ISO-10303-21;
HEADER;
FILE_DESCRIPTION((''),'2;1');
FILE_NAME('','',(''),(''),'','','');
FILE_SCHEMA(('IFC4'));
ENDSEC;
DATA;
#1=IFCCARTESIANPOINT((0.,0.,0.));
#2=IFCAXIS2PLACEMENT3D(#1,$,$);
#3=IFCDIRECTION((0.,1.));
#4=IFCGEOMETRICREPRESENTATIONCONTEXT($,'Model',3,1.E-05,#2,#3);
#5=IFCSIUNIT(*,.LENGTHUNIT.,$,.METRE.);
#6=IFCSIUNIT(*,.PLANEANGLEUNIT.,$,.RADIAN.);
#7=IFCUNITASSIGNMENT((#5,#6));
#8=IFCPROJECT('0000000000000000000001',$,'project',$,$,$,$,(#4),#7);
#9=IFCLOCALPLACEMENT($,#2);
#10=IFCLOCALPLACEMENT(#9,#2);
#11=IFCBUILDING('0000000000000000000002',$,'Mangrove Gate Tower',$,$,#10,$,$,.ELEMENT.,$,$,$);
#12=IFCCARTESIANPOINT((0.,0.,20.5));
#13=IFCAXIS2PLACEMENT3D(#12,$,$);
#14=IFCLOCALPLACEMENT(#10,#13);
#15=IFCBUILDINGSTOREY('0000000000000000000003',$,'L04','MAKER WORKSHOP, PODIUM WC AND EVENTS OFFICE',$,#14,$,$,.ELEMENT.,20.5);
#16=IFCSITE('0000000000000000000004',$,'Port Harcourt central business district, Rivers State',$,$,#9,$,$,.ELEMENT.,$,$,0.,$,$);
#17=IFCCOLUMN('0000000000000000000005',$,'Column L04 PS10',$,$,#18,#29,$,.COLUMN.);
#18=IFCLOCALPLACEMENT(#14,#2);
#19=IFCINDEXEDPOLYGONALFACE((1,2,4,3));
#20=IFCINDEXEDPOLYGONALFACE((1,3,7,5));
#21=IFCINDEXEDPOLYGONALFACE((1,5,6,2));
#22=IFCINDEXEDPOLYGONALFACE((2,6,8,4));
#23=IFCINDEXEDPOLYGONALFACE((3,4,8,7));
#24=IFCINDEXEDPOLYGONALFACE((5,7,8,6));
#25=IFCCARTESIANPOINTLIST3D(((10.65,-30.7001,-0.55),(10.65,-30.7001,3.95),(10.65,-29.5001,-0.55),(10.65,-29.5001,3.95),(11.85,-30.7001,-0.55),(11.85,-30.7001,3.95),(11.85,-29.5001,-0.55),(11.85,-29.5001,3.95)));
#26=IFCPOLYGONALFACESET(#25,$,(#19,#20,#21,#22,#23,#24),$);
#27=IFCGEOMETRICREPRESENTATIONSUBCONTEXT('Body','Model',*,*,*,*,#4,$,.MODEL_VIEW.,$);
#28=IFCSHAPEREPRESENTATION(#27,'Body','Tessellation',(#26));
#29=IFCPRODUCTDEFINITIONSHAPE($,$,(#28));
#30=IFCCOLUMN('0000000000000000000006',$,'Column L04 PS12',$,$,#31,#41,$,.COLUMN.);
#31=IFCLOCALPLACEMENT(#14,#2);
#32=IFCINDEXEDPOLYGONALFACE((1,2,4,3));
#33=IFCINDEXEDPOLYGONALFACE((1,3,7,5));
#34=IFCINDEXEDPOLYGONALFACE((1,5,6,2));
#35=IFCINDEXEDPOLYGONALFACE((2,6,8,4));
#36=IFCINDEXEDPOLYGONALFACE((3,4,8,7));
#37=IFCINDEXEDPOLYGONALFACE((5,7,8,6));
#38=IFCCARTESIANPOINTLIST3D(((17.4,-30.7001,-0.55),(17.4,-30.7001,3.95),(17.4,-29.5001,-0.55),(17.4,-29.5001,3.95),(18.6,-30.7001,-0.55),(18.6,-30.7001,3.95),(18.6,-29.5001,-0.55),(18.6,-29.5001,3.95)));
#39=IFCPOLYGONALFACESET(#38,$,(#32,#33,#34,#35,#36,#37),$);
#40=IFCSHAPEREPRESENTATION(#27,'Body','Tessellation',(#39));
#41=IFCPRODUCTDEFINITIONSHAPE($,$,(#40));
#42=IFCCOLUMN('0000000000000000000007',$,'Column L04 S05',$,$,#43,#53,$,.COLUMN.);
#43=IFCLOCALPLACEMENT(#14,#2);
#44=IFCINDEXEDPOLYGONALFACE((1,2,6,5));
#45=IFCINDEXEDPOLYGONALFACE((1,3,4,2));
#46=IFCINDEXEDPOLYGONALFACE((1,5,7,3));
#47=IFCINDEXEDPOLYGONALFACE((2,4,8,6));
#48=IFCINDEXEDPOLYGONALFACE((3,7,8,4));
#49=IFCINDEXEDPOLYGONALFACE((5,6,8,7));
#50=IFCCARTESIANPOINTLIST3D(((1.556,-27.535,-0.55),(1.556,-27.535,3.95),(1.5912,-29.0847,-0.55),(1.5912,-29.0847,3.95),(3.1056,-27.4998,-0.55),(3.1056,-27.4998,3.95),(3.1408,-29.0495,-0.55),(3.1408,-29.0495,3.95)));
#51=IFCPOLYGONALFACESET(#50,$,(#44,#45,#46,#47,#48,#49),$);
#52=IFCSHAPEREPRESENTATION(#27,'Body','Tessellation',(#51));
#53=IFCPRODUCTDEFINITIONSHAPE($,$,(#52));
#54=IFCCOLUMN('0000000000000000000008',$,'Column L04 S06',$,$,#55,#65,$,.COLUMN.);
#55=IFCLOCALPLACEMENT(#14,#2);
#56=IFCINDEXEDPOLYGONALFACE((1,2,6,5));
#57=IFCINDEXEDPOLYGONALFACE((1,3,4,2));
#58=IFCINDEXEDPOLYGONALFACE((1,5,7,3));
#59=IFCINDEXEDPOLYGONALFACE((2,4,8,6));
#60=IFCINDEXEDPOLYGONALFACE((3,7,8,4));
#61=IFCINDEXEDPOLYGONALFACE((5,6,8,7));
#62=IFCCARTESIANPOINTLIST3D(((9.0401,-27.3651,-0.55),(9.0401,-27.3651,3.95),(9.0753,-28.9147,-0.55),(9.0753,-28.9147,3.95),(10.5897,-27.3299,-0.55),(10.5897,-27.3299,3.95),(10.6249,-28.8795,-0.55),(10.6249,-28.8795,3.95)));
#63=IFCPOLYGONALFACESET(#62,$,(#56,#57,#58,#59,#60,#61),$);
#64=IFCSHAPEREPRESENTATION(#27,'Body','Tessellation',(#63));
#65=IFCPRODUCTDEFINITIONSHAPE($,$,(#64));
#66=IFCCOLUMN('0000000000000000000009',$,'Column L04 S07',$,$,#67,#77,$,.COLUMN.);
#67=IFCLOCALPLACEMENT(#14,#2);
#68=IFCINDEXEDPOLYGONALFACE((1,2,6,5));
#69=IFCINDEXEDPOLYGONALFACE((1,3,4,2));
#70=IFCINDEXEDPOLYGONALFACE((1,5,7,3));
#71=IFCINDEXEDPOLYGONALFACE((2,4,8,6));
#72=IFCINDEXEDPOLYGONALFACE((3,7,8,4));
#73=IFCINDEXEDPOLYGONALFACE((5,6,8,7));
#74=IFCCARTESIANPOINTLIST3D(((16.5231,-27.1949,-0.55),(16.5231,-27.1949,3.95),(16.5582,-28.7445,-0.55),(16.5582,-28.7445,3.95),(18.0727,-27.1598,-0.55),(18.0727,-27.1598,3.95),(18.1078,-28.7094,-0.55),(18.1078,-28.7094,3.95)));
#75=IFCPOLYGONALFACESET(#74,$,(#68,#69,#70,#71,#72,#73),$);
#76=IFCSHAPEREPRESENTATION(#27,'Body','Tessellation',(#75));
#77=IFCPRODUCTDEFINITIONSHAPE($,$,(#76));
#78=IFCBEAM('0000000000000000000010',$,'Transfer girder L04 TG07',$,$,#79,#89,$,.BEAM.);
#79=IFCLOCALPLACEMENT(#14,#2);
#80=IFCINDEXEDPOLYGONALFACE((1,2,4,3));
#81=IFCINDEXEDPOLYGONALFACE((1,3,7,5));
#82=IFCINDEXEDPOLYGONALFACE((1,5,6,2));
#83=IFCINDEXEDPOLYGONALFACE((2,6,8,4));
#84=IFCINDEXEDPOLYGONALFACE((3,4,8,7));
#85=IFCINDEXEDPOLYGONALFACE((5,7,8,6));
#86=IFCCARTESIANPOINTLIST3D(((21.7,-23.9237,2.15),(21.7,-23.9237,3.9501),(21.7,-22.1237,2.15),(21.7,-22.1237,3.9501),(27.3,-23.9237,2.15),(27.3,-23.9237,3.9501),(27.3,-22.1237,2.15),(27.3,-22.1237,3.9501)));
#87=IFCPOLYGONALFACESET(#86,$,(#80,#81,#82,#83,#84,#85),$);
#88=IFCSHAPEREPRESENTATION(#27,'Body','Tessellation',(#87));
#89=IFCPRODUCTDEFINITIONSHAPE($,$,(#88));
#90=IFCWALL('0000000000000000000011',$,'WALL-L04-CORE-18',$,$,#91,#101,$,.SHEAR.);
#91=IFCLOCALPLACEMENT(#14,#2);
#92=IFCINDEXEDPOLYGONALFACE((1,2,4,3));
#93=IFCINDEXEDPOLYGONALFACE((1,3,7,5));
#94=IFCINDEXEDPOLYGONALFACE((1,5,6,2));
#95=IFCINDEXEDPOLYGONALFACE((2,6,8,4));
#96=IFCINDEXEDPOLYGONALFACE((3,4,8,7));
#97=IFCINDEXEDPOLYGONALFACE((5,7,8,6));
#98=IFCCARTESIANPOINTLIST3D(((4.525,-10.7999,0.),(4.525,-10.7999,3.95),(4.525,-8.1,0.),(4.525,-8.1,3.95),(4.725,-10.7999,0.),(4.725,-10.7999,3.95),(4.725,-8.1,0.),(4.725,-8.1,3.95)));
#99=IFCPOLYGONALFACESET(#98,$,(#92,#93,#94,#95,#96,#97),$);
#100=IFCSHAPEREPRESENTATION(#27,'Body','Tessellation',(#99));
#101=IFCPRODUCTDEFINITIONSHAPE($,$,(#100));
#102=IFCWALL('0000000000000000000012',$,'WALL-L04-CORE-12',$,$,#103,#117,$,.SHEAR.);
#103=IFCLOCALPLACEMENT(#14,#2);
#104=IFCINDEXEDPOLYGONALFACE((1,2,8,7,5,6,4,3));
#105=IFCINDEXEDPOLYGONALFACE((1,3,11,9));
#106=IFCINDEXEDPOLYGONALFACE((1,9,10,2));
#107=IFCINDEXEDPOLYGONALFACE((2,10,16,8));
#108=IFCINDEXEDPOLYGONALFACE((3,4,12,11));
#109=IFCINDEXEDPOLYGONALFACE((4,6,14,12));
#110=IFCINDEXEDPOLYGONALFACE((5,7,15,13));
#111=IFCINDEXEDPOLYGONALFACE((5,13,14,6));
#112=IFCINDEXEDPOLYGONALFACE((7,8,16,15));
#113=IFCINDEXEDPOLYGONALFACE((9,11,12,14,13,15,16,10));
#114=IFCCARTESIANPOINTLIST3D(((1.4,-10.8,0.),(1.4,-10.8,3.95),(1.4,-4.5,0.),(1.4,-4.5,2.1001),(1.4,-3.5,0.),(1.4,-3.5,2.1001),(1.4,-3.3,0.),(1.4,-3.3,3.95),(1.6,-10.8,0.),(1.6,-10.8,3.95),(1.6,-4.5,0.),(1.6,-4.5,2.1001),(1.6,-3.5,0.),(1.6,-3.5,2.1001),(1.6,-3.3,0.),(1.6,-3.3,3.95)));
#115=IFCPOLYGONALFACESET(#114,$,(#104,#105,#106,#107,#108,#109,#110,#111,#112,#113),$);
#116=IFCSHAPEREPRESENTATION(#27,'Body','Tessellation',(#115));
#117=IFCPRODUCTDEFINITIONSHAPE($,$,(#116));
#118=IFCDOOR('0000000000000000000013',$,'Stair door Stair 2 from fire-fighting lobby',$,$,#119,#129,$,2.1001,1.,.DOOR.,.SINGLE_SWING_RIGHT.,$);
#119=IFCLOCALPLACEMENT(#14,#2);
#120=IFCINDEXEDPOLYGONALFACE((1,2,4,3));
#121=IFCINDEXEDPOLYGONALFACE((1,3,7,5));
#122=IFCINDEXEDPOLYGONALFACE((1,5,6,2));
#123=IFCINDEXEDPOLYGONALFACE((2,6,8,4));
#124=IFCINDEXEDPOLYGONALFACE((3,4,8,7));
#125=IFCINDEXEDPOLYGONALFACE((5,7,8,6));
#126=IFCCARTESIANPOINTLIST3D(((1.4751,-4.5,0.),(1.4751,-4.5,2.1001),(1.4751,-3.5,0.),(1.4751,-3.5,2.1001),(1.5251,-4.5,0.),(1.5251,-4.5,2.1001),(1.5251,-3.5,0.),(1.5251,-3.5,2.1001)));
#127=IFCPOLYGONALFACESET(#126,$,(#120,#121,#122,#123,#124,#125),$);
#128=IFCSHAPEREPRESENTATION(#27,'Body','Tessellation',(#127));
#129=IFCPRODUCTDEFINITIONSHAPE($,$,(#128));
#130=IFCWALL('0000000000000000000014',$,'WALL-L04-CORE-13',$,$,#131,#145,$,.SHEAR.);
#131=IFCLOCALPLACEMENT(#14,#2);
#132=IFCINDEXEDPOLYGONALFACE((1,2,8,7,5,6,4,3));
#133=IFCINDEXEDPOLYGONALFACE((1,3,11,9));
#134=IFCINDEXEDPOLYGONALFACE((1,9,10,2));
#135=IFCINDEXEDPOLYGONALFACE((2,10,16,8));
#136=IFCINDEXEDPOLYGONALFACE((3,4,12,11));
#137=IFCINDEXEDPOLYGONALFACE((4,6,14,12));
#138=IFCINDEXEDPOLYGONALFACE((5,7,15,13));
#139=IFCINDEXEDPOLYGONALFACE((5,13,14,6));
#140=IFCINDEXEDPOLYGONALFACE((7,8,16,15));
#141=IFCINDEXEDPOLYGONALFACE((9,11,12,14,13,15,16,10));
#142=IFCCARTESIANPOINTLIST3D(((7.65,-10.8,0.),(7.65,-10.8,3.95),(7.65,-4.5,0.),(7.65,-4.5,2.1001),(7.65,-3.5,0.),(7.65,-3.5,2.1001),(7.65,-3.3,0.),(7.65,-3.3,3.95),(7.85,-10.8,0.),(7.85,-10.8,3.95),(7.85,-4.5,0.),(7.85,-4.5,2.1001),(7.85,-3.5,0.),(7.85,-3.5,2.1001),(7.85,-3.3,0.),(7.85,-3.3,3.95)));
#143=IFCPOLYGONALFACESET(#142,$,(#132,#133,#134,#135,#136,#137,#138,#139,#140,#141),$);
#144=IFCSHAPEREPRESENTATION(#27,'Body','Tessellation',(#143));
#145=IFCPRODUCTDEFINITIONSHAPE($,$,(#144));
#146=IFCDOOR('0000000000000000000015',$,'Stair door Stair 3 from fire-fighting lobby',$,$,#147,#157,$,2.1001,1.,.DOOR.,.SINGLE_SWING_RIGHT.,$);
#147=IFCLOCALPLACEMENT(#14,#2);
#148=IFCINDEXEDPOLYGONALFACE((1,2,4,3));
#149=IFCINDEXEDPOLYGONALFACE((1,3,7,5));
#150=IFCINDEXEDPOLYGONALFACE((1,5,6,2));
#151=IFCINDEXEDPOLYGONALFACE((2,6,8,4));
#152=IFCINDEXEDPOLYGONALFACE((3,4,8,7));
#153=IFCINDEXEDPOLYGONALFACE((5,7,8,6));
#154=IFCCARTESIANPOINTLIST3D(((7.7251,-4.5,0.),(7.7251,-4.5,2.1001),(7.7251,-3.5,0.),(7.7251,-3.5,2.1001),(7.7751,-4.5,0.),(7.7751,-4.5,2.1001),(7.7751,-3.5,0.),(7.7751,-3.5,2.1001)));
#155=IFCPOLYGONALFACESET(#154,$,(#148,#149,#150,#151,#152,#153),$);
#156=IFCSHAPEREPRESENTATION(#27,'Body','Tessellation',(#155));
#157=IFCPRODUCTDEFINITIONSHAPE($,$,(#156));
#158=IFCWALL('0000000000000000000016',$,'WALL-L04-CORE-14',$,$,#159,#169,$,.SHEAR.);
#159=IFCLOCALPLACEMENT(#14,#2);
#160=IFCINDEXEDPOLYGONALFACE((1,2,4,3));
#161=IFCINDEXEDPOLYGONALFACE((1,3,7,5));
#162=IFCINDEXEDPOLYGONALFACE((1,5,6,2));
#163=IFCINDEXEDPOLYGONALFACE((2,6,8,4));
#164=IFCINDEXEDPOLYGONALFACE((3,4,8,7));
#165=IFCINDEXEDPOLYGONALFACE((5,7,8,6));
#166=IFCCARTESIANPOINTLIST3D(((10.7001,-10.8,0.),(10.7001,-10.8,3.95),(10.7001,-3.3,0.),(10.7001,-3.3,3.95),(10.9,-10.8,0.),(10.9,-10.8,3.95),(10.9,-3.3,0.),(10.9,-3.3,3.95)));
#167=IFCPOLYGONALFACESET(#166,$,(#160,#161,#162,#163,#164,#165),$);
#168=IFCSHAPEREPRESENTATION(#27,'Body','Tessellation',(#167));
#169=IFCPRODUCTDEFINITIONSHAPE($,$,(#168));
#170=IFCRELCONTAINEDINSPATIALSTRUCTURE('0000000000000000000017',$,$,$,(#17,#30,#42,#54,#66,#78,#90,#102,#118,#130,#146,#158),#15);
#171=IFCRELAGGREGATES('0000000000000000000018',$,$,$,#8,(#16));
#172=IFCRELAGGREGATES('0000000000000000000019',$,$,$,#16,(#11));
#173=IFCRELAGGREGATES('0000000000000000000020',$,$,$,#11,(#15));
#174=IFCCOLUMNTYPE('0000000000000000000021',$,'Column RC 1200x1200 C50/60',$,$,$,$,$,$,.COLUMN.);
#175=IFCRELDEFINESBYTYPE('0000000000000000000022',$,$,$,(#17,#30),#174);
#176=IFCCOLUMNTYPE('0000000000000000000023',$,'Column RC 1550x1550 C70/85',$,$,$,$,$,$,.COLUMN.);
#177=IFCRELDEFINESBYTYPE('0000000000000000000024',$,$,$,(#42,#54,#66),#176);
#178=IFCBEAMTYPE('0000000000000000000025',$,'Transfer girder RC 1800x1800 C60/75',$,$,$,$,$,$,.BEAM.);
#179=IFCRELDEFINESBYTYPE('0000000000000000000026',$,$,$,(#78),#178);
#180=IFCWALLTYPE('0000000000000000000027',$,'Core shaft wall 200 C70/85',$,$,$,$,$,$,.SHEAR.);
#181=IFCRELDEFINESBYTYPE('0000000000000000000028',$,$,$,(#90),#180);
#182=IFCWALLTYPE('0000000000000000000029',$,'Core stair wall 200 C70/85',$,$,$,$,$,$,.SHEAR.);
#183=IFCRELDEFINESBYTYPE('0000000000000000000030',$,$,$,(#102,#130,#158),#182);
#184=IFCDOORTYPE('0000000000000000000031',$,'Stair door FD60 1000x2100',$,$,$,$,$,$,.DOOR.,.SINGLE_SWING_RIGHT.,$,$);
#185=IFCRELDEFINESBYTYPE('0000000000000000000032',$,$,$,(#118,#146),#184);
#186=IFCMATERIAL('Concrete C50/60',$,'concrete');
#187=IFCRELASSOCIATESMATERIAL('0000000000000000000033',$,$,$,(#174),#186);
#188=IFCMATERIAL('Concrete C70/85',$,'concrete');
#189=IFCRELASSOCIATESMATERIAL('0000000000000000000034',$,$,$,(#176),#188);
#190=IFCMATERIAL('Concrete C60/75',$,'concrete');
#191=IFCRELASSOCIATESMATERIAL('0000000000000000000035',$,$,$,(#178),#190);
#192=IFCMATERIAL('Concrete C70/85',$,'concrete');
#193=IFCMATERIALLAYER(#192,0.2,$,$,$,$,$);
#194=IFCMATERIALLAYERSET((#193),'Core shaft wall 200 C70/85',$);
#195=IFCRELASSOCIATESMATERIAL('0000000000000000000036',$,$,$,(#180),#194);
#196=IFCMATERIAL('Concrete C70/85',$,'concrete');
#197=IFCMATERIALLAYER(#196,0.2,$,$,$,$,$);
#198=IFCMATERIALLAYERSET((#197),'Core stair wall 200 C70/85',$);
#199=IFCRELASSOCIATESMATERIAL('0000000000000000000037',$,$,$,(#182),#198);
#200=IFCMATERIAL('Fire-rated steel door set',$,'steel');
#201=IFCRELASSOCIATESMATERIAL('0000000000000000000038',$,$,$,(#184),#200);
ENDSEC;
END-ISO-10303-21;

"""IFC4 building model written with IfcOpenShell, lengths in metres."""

from ifc_helpers import new_model, si_unit, direction, frame, frame_2d, origin, origin_2d, place, context, subcontext, project, spatial, rectangle, extrude, material, layer, layer_set, material_profile, profile_set, type_object, element, fill, save


model = new_model("IFC4")

# Units and contexts
model_context = context("Model", 3, precision=1e-05, world=origin(), true_north=direction((0.0, 1.0)))
body_context = subcontext(model_context, "Body", "Model", "MODEL_VIEW")
ifc_project = project(units=[si_unit("LENGTHUNIT", "METRE"), si_unit("PLANEANGLEUNIT", "RADIAN")], contexts=[model_context])

# Site, building, storey
site_placement = place(None, origin())
site = spatial("IfcSite", under=ifc_project, at=site_placement, Name="Port Harcourt central business district, Rivers State", CompositionType="ELEMENT", RefElevation=0.0)
building_placement = place(site_placement, origin())
building = spatial("IfcBuilding", under=site, at=building_placement, Name="Mangrove Gate Tower", CompositionType="ELEMENT")
storey_placement = place(building_placement, frame((0.0, 0.0, 20.5)))
storey = spatial("IfcBuildingStorey", under=building, at=storey_placement, Name="L04", Description="MAKER WORKSHOP, PODIUM WC AND EVENTS OFFICE", CompositionType="ELEMENT", Elevation=20.5)

# Columns
ifc_material_1 = material(Name="Concrete C50/60", Category="concrete")
ifc_material_profile_1 = material_profile(ifc_material_1, rectangle(XDim=1.2, YDim=1.2, at=origin_2d()))
ifc_profile_set_1 = profile_set([ifc_material_profile_1], Name="Concrete C50/60")
column_type_1 = type_object("IfcColumnType", Name="Column RC 1200x1200 C50/60", PredefinedType="COLUMN", material=ifc_profile_set_1)
for number, where, z_axis, x_axis, name in (
    (1, (11.25, -30.1001, -0.55), (0.0, 0.0, 1.0), (1.0, 0.0, 0.0), "Column L04 PS10"),
    (2, (18.0, -30.1001, -0.55), (0.0, 0.0, 1.0), (1.0, 0.0, 0.0), "Column L04 PS12"),
):
    element("IfcColumn", number, at=place(storey_placement, frame(where, z_axis=z_axis, x_axis=x_axis)), inside=storey, type_object=column_type_1, Name=name, PredefinedType="COLUMN", context=body_context, shape_type="SweptSolid", body=[
        extrude(rectangle(XDim=1.2, YDim=1.2, at=origin_2d()), origin(), (0.0, 0.0, 1.0), 4.5),
    ])
ifc_material_2 = material(Name="Concrete C70/85", Category="concrete")
ifc_material_profile_2 = material_profile(ifc_material_2, rectangle(XDim=1.55, YDim=1.55, at=origin_2d()))
ifc_profile_set_2 = profile_set([ifc_material_profile_2], Name="Concrete C70/85")
column_type_2 = type_object("IfcColumnType", Name="Column RC 1550x1550 C70/85", PredefinedType="COLUMN", material=ifc_profile_set_2)
for number, where, z_axis, x_axis, name in (
    (3, (2.3484, -28.2922, -0.55), (0.0, 0.0, 1.0), (0.999742, 0.022709, 0.0), "Column L04 S05"),
    (4, (9.8325, -28.1223, -0.55), (0.0, 0.0, 1.0), (0.999742, 0.022711, 0.0), "Column L04 S06"),
    (5, (17.3154, -27.9521, -0.55), (0.0, 0.0, 1.0), (0.999744, 0.022644, 0.0), "Column L04 S07"),
):
    element("IfcColumn", number, at=place(storey_placement, frame(where, z_axis=z_axis, x_axis=x_axis)), inside=storey, type_object=column_type_2, Name=name, PredefinedType="COLUMN", context=body_context, shape_type="SweptSolid", body=[
        extrude(rectangle(XDim=1.55, YDim=1.55, at=origin_2d()), origin(), (0.0, 0.0, 1.0), 4.5),
    ])

# Beam
ifc_material_3 = material(Name="Concrete C60/75", Category="concrete")
ifc_material_profile_3 = material_profile(ifc_material_3, rectangle(XDim=1.8, YDim=1.8, at=origin_2d()))
ifc_profile_set_3 = profile_set([ifc_material_profile_3], Name="Concrete C60/75")
beam_type = type_object("IfcBeamType", Name="Transfer girder RC 1800x1800 C60/75", PredefinedType="BEAM", material=ifc_profile_set_3)
beam_placement = place(storey_placement, frame((21.7, -23.0237, 3.05), z_axis=(1.0, 0.0, 0.0), x_axis=(0.0, 1.0, 0.0)))
element("IfcBeam", 6, at=beam_placement, inside=storey, type_object=beam_type, Name="Transfer girder L04 TG07", PredefinedType="BEAM", context=body_context, shape_type="SweptSolid", body=[
    extrude(rectangle(XDim=1.8, YDim=1.8, at=origin_2d()), origin(), (0.0, 0.0, 1.0), 5.6001),
])

# Wall
ifc_material_4 = material(Name="Concrete C70/85", Category="concrete")
ifc_layer_1 = layer(ifc_material_4, 0.2)
ifc_layer_set_1 = layer_set([ifc_layer_1], Name="Core shaft wall 200 C70/85")
wall_type_1 = type_object("IfcWallType", Name="Core shaft wall 200 C70/85", PredefinedType="SHEAR", material=ifc_layer_set_1)
wall_1_placement = place(storey_placement, frame((4.625, -10.8, 0.0), z_axis=(0.0, 0.0, 1.0), x_axis=(0.0, 1.0, 0.0)))
element("IfcWall", 7, at=wall_1_placement, inside=storey, type_object=wall_type_1, Name="WALL-L04-CORE-18", PredefinedType="SHEAR", context=body_context, shape_type="SweptSolid", body=[
    extrude(rectangle(XDim=2.7, YDim=0.2, at=frame_2d((1.3501, 0.0))), origin(), (0.0, 0.0, 1.0), 3.95),
])

# Walls, openings, doors
ifc_material_5 = material(Name="Concrete C70/85", Category="concrete")
ifc_layer_2 = layer(ifc_material_5, 0.2)
ifc_layer_set_2 = layer_set([ifc_layer_2], Name="Core stair wall 200 C70/85")
wall_type_2 = type_object("IfcWallType", Name="Core stair wall 200 C70/85", PredefinedType="SHEAR", material=ifc_layer_set_2)
wall_2_placement = place(storey_placement, frame((1.5, -10.8, 0.0), z_axis=(0.0, 0.0, 1.0), x_axis=(0.0, 1.0, 0.0)))
wall_2 = element("IfcWall", 8, at=wall_2_placement, inside=storey, type_object=wall_type_2, Name="WALL-L04-CORE-12", PredefinedType="SHEAR", context=body_context, shape_type="SweptSolid", body=[
    extrude(rectangle(XDim=7.5, YDim=0.2, at=frame_2d((3.75, 0.0))), origin(), (0.0, 0.0, 1.0), 3.95),
])
opening_1_placement = place(wall_2_placement, frame((6.3, 0.0, 0.0)))
opening_1 = element("IfcOpeningElement", 9, at=opening_1_placement, cuts=wall_2, PredefinedType="OPENING", context=body_context, shape_type="SweptSolid", body=[
    extrude(rectangle(XDim=1.0, YDim=2.1001, at=frame_2d((0.5, 1.05))), frame((0.0, 0.1099, 0.0), z_axis=(0.0, -1.0, 0.0), x_axis=(1.0, 0.0, 0.0)), (0.0, 0.0, 1.0), 0.22),
])
ifc_material_6 = material(Name="Fire-rated steel door set", Category="steel")
door_type_1 = type_object("IfcDoorType", Name="Stair door FD60 1000x2100", OperationType="SINGLE_SWING_RIGHT", PredefinedType="DOOR", material=ifc_material_6)
door_1_placement = place(opening_1_placement, origin())
door_1 = element("IfcDoor", 10, at=door_1_placement, inside=storey, type_object=door_type_1, Name="Stair door Stair 2 from fire-fighting lobby", OperationType="SINGLE_SWING_RIGHT", OverallHeight=2.1001, OverallWidth=1.0, PredefinedType="DOOR", context=body_context, shape_type="SweptSolid", body=[
    extrude(rectangle(XDim=1.0, YDim=2.1001, at=frame_2d((0.5, 1.05))), frame((0.0, 0.0249, 0.0), z_axis=(0.0, -1.0, 0.0), x_axis=(1.0, 0.0, 0.0)), (0.0, 0.0, 1.0), 0.05),
])
fill(opening_1, door_1)
wall_3_placement = place(storey_placement, frame((7.75, -10.8, 0.0), z_axis=(0.0, 0.0, 1.0), x_axis=(0.0, 1.0, 0.0)))
wall_3 = element("IfcWall", 11, at=wall_3_placement, inside=storey, type_object=wall_type_2, Name="WALL-L04-CORE-13", PredefinedType="SHEAR", context=body_context, shape_type="SweptSolid", body=[
    extrude(rectangle(XDim=7.5, YDim=0.2, at=frame_2d((3.75, 0.0))), origin(), (0.0, 0.0, 1.0), 3.95),
])
opening_2_placement = place(wall_3_placement, frame((6.3, 0.0, 0.0)))
opening_2 = element("IfcOpeningElement", 12, at=opening_2_placement, cuts=wall_3, PredefinedType="OPENING", context=body_context, shape_type="SweptSolid", body=[
    extrude(rectangle(XDim=1.0, YDim=2.1001, at=frame_2d((0.5, 1.05))), frame((0.0, 0.1099, 0.0), z_axis=(0.0, -1.0, 0.0), x_axis=(1.0, 0.0, 0.0)), (0.0, 0.0, 1.0), 0.22),
])
door_2_placement = place(opening_2_placement, origin())
door_2 = element("IfcDoor", 13, at=door_2_placement, inside=storey, type_object=door_type_1, Name="Stair door Stair 3 from fire-fighting lobby", OperationType="SINGLE_SWING_RIGHT", OverallHeight=2.1001, OverallWidth=1.0, PredefinedType="DOOR", context=body_context, shape_type="SweptSolid", body=[
    extrude(rectangle(XDim=1.0, YDim=2.1001, at=frame_2d((0.5, 1.05))), frame((0.0, 0.0249, 0.0), z_axis=(0.0, -1.0, 0.0), x_axis=(1.0, 0.0, 0.0)), (0.0, 0.0, 1.0), 0.05),
])
fill(opening_2, door_2)

# Wall
wall_4_placement = place(storey_placement, frame((10.8, -10.8, 0.0), z_axis=(0.0, 0.0, 1.0), x_axis=(0.0, 1.0, 0.0)))
element("IfcWall", 14, at=wall_4_placement, inside=storey, type_object=wall_type_2, Name="WALL-L04-CORE-14", PredefinedType="SHEAR", context=body_context, shape_type="SweptSolid", body=[
    extrude(rectangle(XDim=7.5, YDim=0.2, at=frame_2d((3.75, 0.0))), origin(), (0.0, 0.0, 1.0), 3.95),
])

save(model, "model.ifc")
